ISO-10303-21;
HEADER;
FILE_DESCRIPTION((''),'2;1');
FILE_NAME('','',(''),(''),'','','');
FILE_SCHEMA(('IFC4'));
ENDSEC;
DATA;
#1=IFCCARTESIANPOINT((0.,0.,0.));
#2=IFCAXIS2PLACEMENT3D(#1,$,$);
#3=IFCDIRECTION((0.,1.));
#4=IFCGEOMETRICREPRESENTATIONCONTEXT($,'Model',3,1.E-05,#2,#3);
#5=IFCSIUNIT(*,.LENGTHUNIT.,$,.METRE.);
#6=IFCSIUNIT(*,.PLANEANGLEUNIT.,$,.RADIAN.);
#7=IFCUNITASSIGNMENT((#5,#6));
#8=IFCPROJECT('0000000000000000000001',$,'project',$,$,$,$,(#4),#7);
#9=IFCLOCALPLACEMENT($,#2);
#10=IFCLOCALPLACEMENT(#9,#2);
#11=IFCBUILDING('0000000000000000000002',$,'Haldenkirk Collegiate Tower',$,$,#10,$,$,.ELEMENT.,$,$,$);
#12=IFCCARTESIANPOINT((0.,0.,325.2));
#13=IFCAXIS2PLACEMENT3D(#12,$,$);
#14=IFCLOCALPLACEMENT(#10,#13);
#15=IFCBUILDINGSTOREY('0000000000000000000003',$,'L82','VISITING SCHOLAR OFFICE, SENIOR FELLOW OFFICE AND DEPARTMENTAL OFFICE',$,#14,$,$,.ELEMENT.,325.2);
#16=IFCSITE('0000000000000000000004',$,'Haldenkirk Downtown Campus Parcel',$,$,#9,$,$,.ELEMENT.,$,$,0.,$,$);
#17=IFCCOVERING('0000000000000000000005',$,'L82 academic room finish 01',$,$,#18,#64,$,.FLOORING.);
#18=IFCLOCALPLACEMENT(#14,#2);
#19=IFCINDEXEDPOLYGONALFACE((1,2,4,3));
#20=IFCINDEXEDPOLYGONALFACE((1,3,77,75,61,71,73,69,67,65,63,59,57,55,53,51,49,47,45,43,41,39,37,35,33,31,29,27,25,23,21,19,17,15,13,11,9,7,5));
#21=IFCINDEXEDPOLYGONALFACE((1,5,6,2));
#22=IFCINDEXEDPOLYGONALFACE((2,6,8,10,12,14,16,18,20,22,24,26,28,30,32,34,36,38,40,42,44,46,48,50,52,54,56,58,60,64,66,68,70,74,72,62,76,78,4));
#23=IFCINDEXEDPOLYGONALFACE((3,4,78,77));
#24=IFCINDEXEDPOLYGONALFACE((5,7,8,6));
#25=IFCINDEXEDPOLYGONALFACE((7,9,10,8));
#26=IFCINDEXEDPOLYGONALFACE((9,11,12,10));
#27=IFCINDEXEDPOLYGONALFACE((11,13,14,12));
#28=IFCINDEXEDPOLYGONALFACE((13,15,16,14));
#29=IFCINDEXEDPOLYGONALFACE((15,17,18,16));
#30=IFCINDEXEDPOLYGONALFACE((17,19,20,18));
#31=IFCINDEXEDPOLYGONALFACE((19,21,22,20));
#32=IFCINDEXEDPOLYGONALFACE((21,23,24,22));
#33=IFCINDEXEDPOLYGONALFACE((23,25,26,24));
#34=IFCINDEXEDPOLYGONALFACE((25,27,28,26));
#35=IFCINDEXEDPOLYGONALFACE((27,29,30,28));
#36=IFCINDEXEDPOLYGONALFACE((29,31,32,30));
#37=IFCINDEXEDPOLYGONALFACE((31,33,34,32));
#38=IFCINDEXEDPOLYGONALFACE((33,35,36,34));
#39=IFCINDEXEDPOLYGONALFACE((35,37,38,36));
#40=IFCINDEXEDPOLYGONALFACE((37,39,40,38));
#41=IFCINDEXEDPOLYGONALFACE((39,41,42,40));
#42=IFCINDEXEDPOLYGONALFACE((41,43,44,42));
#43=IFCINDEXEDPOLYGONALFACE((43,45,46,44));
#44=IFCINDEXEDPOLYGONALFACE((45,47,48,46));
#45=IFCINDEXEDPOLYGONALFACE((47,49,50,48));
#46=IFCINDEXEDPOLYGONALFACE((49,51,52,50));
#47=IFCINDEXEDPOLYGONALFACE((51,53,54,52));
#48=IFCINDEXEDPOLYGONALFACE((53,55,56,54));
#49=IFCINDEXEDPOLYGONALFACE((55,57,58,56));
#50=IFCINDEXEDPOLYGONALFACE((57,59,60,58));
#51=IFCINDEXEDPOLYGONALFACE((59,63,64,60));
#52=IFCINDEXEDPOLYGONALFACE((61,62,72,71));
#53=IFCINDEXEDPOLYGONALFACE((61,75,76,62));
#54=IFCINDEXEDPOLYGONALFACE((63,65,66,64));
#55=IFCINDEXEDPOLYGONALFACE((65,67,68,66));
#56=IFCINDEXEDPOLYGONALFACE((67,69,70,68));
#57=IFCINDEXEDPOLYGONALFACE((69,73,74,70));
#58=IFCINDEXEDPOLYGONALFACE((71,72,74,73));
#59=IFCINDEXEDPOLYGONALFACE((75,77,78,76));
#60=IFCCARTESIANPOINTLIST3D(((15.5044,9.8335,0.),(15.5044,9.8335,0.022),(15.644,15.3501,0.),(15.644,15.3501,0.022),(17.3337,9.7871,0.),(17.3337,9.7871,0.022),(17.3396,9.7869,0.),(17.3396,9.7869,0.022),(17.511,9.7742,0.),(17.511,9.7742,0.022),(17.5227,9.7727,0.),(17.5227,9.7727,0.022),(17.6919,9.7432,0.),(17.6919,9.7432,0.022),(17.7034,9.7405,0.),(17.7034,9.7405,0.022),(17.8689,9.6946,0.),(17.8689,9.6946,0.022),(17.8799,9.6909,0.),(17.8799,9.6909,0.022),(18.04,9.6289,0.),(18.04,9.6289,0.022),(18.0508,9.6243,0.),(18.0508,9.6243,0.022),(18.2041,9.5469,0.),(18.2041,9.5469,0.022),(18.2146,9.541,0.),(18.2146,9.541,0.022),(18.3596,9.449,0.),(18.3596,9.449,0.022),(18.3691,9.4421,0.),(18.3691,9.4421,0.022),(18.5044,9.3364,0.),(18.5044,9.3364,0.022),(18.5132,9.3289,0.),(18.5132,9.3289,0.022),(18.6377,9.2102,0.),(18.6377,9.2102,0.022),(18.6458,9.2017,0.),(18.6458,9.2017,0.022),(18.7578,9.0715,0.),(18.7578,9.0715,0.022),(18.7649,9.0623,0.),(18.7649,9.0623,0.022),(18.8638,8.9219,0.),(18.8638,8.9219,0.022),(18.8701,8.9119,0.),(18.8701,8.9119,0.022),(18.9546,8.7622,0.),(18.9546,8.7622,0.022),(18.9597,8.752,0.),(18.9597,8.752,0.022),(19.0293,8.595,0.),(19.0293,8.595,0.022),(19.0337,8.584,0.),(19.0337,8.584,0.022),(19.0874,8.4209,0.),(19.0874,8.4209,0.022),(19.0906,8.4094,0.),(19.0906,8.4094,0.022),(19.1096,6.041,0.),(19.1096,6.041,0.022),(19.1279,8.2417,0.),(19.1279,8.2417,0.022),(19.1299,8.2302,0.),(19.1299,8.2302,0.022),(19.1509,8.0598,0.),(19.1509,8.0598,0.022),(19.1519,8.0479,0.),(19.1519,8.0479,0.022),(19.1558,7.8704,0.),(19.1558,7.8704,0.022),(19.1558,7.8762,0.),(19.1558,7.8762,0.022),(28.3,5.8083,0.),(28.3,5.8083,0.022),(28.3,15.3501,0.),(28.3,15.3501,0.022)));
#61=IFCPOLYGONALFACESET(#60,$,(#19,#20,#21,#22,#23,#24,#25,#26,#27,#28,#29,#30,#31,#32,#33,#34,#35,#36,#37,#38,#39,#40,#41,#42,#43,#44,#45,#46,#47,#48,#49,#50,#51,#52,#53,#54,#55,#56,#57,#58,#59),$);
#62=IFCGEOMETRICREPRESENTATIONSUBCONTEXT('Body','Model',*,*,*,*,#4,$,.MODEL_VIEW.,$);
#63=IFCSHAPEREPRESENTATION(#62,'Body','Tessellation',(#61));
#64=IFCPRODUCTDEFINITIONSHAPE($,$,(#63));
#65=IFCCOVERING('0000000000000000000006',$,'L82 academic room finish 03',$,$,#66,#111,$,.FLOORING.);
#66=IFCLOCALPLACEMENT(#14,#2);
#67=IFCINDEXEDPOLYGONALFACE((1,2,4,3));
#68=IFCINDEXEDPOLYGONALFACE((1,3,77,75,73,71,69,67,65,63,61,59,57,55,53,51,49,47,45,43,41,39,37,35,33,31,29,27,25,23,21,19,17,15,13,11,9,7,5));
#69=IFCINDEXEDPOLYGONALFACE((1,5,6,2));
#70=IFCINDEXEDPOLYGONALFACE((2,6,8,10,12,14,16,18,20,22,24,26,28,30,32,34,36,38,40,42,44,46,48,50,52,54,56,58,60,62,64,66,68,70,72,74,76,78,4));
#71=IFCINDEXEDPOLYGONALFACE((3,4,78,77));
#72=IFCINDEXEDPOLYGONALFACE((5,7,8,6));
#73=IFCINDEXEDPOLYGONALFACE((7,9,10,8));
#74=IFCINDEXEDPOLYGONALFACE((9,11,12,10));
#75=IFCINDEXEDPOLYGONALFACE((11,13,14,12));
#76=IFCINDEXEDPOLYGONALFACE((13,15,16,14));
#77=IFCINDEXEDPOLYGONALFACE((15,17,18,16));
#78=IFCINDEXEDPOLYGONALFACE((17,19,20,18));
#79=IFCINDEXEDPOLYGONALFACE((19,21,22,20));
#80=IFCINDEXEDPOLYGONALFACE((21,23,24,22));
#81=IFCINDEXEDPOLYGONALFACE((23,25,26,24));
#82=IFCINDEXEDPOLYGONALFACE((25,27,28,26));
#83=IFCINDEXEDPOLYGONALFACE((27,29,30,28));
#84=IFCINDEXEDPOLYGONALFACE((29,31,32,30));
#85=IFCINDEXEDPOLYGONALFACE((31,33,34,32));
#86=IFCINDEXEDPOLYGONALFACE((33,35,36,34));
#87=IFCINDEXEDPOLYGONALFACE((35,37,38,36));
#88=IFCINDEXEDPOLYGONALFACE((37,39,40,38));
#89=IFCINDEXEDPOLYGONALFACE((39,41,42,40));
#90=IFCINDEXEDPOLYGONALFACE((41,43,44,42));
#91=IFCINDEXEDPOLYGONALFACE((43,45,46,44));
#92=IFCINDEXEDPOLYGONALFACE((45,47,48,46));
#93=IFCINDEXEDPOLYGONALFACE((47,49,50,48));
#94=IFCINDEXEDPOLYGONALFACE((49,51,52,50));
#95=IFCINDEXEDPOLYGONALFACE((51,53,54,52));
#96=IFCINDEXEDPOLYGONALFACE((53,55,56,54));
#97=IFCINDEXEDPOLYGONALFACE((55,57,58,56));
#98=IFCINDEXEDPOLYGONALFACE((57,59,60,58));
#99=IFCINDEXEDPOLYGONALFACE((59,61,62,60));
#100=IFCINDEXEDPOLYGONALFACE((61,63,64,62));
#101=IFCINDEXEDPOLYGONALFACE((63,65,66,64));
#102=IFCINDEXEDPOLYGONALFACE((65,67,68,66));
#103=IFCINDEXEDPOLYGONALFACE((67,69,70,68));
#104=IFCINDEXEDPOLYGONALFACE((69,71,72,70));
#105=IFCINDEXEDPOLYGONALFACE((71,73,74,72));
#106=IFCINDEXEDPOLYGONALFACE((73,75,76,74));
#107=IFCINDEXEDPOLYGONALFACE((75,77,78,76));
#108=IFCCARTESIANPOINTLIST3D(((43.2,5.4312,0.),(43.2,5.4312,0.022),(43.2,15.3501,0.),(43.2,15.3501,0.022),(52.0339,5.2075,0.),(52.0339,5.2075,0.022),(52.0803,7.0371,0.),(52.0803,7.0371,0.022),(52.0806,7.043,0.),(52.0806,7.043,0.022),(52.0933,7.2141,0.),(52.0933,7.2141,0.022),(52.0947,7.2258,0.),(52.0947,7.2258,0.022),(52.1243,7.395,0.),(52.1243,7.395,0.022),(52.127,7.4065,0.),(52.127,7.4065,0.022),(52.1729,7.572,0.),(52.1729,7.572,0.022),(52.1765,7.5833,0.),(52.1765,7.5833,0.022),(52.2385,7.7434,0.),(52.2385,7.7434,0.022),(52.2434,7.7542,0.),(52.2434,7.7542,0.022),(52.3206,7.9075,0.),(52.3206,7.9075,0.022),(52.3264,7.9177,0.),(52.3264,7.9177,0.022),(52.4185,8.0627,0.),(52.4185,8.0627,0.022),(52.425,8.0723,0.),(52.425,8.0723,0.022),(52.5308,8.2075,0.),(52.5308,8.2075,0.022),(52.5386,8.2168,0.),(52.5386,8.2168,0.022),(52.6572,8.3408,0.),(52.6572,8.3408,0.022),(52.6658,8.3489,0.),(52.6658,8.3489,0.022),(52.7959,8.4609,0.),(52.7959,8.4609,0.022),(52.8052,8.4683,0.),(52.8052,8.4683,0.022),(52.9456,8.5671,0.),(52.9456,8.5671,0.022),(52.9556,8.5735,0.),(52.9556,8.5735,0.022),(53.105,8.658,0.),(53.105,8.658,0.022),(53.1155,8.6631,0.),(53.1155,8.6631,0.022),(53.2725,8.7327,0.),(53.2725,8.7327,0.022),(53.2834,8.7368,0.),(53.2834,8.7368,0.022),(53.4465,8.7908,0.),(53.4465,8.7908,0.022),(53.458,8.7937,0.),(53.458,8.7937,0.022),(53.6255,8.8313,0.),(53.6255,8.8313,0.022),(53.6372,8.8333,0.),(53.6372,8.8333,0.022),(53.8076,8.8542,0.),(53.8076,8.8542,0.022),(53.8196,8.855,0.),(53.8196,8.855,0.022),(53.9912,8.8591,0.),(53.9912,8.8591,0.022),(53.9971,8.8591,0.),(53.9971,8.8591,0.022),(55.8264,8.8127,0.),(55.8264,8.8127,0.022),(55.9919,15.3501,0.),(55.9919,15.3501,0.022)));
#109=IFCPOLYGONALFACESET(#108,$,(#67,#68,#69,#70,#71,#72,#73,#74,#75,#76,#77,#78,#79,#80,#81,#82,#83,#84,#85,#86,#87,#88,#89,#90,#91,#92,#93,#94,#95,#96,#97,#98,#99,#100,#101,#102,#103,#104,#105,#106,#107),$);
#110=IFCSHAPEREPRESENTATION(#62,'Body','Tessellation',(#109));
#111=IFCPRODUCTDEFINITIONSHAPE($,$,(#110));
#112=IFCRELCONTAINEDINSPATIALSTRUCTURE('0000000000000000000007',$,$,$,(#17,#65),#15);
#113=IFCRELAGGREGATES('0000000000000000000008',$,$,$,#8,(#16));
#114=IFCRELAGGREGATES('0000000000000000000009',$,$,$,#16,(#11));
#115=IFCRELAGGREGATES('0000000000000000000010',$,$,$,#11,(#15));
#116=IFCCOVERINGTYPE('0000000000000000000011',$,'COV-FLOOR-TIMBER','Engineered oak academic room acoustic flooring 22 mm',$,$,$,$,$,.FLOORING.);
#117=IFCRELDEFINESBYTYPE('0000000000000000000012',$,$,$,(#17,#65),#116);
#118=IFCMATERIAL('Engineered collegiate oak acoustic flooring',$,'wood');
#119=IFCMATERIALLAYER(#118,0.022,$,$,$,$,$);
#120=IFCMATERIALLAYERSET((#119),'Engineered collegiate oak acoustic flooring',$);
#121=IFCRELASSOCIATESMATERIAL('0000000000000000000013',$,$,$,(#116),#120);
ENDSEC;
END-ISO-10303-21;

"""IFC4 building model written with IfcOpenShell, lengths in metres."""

from ifc_helpers import new_model, si_unit, direction, frame, origin, place, context, subcontext, project, spatial, polyline, outline, extrude, material, layer, layer_set, type_object, element, save


model = new_model("IFC4")

# Units and contexts
model_context = context("Model", 3, precision=1e-05, world=origin(), true_north=direction((0.0, 1.0)))
body_context = subcontext(model_context, "Body", "Model", "MODEL_VIEW")
ifc_project = project(units=[si_unit("LENGTHUNIT", "METRE"), si_unit("PLANEANGLEUNIT", "RADIAN")], contexts=[model_context])

# Site, building, storey
site_placement = place(None, origin())
site = spatial("IfcSite", under=ifc_project, at=site_placement, Name="Haldenkirk Downtown Campus Parcel", CompositionType="ELEMENT", RefElevation=0.0)
building_placement = place(site_placement, origin())
building = spatial("IfcBuilding", under=site, at=building_placement, Name="Haldenkirk Collegiate Tower", CompositionType="ELEMENT")
storey_placement = place(building_placement, frame((0.0, 0.0, 325.2)))
storey = spatial("IfcBuildingStorey", under=building, at=storey_placement, Name="L82", Description="VISITING SCHOLAR OFFICE, SENIOR FELLOW OFFICE AND DEPARTMENTAL OFFICE", CompositionType="ELEMENT", Elevation=325.2)

# Coverings
ifc_material_1 = material(Name="Engineered collegiate oak acoustic flooring", Category="wood")
ifc_layer_1 = layer(ifc_material_1, 0.022)
ifc_layer_set_1 = layer_set([ifc_layer_1], Name="Engineered collegiate oak acoustic flooring")
covering_type_1 = type_object("IfcCoveringType", Name="COV-FLOOR-TIMBER", Description="Engineered oak academic room acoustic flooring 22 mm", PredefinedType="FLOORING", material=ifc_layer_set_1)
covering_1_placement = place(storey_placement, origin())
element("IfcCovering", 1, at=covering_1_placement, inside=storey, type_object=covering_type_1, Name="L82 academic room finish 01", PredefinedType="FLOORING", context=body_context, shape_type="SweptSolid", body=[
    extrude(outline(polyline([(19.1096, 6.041), (19.1558, 7.8704), (19.1558, 7.8762), (19.1519, 8.0479), (19.1509, 8.0598), (19.1299, 8.2302), (19.1279, 8.2417), (19.0906, 8.4094), (19.0874, 8.4209), (19.0337, 8.584), (19.0293, 8.595), (18.9597, 8.752), (18.9546, 8.7622), (18.8701, 8.9119), (18.8638, 8.9219), (18.7649, 9.0623), (18.7578, 9.0715), (18.6458, 9.2017), (18.6377, 9.2102), (18.5132, 9.3289), (18.5044, 9.3364), (18.3691, 9.4421), (18.3596, 9.449), (18.2146, 9.541), (18.2041, 9.5469), (18.0508, 9.6243), (18.04, 9.6289), (17.8799, 9.6909), (17.8689, 9.6946), (17.7034, 9.7405), (17.6919, 9.7432), (17.5227, 9.7727), (17.511, 9.7742), (17.3396, 9.7869), (17.3337, 9.7871), (15.5044, 9.8335), (15.644, 15.3501), (28.3, 15.3501), (28.3, 5.8083), (19.1096, 6.041)])), origin(), (0.0, 0.0, 1.0), 0.022),
])
covering_2_placement = place(storey_placement, origin())
element("IfcCovering", 2, at=covering_2_placement, inside=storey, type_object=covering_type_1, Name="L82 academic room finish 03", PredefinedType="FLOORING", context=body_context, shape_type="SweptSolid", body=[
    extrude(outline(polyline([(53.2834, 8.7368), (53.2725, 8.7327), (53.1155, 8.6631), (53.105, 8.658), (52.9556, 8.5735), (52.9456, 8.5671), (52.8052, 8.4683), (52.7959, 8.4609), (52.6658, 8.3489), (52.6572, 8.3408), (52.5386, 8.2168), (52.5308, 8.2075), (52.425, 8.0723), (52.4185, 8.0627), (52.3264, 7.9177), (52.3206, 7.9075), (52.2434, 7.7542), (52.2385, 7.7434), (52.1765, 7.5833), (52.1729, 7.572), (52.127, 7.4065), (52.1243, 7.395), (52.0947, 7.2258), (52.0933, 7.2141), (52.0806, 7.043), (52.0803, 7.0371), (52.0339, 5.2075), (43.2, 5.4312), (43.2, 15.3501), (55.9919, 15.3501), (55.8264, 8.8127), (53.9971, 8.8591), (53.9912, 8.8591), (53.8196, 8.855), (53.8076, 8.8542), (53.6372, 8.8333), (53.6255, 8.8313), (53.458, 8.7937), (53.4465, 8.7908), (53.2834, 8.7368)])), origin(), (0.0, 0.0, 1.0), 0.022),
])

save(model, "model.ifc")
